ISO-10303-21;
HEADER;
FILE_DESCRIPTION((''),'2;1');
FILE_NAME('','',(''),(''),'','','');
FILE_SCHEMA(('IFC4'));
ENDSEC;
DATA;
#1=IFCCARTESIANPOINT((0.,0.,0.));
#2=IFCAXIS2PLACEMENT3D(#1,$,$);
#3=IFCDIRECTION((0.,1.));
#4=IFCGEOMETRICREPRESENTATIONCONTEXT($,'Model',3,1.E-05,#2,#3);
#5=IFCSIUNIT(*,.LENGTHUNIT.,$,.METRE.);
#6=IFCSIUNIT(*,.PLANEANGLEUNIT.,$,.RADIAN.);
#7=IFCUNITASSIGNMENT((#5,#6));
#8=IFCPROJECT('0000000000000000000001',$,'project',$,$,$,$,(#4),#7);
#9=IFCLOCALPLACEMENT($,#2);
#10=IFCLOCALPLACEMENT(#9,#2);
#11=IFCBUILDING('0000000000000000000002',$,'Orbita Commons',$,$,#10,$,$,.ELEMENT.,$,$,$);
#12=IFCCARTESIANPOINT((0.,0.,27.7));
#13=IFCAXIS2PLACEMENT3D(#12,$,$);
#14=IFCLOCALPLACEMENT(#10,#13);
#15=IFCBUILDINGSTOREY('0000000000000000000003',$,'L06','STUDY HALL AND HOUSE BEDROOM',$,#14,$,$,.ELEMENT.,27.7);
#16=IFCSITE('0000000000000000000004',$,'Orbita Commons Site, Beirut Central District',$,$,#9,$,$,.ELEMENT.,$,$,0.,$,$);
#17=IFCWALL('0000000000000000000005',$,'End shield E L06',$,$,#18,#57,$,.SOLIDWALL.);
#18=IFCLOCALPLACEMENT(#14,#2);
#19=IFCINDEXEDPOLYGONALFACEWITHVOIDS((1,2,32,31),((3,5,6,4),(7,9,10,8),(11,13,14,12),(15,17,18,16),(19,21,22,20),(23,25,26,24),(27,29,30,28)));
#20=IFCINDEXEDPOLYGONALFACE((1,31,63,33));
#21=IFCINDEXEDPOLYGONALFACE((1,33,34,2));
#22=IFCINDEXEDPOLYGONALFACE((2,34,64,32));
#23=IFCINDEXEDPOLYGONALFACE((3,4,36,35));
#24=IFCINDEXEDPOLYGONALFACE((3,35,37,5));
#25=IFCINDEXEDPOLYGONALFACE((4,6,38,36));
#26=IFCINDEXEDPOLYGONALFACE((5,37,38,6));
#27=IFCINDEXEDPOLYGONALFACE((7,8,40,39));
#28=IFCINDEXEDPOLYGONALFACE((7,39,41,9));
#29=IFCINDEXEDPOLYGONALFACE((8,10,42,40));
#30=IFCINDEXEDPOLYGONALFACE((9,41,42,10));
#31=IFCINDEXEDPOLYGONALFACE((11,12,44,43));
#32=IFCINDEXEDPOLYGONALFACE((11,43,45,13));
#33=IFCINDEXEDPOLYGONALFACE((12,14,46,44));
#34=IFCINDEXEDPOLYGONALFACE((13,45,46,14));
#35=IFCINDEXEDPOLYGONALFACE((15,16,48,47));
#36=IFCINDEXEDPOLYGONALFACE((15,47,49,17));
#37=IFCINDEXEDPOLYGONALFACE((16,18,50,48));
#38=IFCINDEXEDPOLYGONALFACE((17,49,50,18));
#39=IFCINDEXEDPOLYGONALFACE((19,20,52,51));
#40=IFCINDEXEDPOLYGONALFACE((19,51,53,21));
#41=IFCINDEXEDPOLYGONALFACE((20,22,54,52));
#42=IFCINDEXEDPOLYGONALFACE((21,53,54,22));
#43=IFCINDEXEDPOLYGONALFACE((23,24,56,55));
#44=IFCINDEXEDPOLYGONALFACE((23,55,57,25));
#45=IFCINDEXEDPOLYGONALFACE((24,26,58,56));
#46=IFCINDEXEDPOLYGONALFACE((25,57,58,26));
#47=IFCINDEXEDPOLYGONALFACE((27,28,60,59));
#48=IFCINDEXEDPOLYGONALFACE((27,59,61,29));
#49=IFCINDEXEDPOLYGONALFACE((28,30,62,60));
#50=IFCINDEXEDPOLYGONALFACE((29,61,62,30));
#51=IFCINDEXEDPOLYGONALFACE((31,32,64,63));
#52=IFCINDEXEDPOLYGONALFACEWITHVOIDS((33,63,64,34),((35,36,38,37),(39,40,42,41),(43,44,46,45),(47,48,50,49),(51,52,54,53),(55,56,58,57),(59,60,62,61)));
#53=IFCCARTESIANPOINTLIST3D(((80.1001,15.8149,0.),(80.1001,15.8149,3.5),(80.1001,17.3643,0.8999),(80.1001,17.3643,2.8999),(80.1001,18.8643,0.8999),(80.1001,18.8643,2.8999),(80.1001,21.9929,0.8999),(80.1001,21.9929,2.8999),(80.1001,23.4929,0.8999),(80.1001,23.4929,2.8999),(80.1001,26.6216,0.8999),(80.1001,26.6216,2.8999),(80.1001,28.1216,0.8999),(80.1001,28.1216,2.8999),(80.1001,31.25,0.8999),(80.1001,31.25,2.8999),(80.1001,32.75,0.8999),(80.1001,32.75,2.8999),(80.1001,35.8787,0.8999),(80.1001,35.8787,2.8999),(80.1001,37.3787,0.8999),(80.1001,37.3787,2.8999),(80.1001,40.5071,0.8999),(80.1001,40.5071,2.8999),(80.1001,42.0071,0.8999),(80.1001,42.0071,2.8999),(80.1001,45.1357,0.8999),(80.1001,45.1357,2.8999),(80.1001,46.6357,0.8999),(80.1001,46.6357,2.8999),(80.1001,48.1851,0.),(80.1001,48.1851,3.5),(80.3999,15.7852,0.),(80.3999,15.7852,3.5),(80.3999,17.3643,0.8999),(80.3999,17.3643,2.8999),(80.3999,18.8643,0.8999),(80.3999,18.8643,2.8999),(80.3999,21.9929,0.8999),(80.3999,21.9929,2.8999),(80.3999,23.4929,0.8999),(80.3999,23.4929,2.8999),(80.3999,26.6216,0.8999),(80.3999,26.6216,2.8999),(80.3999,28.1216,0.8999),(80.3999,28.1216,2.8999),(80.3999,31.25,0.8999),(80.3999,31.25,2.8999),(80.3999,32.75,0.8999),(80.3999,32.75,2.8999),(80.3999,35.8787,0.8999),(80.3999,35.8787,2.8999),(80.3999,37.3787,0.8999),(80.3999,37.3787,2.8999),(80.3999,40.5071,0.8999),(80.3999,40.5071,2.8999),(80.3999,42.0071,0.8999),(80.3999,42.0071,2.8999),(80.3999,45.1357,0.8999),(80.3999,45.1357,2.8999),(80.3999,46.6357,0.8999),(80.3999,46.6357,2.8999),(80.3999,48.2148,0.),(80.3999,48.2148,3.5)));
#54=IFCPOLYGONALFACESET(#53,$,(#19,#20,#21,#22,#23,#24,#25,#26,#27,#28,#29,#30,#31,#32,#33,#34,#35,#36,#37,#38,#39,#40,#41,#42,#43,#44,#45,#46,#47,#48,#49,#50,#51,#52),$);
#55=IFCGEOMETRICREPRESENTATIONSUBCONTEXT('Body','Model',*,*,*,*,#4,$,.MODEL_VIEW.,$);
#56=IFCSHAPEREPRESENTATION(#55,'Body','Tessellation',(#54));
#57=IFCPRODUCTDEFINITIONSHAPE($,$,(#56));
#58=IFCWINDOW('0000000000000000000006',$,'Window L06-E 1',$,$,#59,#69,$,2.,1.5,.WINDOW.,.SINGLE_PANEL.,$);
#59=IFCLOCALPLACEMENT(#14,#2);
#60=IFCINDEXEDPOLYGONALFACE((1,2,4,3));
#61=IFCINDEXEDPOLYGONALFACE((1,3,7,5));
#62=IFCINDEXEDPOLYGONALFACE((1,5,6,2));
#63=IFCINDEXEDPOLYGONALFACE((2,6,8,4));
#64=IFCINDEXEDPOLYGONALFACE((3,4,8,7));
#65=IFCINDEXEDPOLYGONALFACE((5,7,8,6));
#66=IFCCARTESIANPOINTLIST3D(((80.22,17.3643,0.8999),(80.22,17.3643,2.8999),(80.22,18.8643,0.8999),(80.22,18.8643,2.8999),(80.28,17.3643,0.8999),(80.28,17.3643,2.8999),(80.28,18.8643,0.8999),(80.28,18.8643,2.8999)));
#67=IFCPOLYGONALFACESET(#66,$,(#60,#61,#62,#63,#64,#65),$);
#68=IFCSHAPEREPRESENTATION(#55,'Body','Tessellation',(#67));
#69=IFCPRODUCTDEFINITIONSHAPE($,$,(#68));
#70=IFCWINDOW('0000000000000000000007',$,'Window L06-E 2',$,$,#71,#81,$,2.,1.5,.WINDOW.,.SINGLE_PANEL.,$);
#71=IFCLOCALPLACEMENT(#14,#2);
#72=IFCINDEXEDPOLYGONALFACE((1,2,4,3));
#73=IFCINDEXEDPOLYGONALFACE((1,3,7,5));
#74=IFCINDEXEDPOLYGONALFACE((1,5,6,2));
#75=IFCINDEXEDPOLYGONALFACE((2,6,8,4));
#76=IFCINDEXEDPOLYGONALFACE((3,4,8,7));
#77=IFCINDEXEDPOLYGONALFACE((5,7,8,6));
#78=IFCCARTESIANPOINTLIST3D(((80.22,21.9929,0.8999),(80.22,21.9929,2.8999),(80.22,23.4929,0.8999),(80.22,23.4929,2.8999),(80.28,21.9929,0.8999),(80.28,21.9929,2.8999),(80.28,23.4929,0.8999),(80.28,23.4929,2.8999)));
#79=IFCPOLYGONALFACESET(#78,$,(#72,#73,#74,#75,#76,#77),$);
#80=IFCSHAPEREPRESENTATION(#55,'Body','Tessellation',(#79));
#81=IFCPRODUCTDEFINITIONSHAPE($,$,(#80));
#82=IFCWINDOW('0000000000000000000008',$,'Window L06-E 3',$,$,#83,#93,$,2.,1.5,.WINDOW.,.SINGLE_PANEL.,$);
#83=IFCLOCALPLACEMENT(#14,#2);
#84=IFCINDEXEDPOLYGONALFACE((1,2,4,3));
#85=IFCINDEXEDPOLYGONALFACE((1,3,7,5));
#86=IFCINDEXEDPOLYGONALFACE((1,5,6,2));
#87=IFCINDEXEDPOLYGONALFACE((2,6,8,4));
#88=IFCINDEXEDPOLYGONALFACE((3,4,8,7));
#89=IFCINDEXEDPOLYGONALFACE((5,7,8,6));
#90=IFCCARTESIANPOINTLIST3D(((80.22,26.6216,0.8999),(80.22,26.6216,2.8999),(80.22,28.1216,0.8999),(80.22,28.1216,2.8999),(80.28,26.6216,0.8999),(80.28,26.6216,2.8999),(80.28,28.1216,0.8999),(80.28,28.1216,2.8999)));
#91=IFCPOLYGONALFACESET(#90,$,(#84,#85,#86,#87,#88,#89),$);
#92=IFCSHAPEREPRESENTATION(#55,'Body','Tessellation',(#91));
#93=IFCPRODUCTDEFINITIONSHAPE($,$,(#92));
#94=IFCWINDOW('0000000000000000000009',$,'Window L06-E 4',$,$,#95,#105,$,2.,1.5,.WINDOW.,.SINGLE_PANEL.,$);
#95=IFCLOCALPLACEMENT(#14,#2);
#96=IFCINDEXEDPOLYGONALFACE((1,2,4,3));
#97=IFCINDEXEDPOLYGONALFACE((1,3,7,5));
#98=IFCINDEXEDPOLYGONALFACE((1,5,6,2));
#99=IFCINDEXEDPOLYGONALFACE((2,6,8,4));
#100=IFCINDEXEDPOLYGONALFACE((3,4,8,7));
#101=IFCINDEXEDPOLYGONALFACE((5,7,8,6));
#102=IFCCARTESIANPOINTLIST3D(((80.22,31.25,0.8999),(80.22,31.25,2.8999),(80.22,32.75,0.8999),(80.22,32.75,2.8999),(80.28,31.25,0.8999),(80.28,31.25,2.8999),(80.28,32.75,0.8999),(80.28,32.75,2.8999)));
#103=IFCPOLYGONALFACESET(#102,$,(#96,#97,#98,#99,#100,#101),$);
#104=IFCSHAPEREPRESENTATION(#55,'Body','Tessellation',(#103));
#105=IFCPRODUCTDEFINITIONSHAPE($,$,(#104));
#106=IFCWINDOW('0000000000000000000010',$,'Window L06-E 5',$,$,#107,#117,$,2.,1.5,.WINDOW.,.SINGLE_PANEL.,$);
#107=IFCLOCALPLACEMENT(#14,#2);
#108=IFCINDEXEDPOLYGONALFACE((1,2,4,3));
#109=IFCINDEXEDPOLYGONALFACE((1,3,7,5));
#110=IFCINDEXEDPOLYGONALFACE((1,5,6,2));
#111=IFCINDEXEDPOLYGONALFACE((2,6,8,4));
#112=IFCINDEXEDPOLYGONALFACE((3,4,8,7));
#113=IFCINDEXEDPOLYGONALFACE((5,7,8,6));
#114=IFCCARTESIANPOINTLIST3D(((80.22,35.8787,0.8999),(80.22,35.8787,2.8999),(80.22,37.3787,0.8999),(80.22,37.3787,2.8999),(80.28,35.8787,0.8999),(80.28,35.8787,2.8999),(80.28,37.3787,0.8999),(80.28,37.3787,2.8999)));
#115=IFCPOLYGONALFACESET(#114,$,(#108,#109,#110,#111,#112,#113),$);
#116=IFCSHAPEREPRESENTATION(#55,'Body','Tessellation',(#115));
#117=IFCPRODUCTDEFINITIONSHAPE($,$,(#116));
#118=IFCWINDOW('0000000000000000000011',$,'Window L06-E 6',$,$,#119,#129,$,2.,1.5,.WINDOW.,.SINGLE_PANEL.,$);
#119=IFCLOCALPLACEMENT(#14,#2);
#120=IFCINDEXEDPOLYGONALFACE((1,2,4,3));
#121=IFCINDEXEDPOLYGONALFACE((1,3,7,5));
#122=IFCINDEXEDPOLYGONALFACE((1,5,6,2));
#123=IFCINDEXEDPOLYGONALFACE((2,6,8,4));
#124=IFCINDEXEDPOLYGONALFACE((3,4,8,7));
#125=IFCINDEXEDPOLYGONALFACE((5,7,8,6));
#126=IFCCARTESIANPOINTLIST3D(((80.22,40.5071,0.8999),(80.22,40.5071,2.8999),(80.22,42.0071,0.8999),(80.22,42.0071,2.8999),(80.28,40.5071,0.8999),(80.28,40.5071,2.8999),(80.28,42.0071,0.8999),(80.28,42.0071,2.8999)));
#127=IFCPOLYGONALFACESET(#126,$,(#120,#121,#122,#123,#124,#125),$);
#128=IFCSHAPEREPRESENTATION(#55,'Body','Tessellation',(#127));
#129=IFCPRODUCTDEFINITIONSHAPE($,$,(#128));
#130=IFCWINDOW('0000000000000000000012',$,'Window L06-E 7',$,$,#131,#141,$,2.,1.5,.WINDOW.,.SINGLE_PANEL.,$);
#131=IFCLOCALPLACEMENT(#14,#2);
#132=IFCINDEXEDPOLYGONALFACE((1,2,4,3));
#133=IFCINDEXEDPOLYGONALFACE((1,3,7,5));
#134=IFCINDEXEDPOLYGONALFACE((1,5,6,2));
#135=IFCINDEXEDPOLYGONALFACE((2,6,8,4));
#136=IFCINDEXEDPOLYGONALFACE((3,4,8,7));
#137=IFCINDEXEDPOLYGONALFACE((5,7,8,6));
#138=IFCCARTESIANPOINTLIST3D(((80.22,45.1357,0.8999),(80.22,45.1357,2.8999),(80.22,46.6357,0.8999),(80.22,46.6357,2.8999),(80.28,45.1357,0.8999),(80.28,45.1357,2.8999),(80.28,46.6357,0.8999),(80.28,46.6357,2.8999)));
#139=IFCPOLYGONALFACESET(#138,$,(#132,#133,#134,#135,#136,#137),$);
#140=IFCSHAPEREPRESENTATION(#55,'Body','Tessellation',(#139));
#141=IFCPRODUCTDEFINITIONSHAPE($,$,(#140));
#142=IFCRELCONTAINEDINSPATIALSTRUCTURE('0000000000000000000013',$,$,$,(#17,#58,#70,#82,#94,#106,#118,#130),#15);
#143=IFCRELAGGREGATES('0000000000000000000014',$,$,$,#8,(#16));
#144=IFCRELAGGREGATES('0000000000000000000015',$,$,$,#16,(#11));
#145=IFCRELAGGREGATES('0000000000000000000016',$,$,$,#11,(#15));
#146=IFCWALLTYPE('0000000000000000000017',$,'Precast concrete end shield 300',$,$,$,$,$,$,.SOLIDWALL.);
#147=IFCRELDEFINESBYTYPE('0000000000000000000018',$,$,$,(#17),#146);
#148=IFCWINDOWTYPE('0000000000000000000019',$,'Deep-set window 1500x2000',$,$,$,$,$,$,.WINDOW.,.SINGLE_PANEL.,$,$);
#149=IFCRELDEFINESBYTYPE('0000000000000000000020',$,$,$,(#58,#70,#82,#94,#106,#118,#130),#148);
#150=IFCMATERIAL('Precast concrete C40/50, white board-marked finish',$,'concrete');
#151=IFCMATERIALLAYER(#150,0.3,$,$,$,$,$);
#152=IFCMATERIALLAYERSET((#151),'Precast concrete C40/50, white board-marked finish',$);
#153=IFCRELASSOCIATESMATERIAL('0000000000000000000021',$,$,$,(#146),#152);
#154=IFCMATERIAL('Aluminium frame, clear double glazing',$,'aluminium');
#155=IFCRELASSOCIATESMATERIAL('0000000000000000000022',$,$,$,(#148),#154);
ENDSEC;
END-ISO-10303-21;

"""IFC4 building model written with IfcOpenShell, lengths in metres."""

from ifc_helpers import new_model, si_unit, direction, frame, frame_2d, origin, place, context, subcontext, project, spatial, polyline, rectangle, outline, extrude, material, layer, layer_set, type_object, element, fill, save


model = new_model("IFC4")

# Units and contexts
model_context = context("Model", 3, precision=1e-05, world=origin(), true_north=direction((0.0, 1.0)))
body_context = subcontext(model_context, "Body", "Model", "MODEL_VIEW")
ifc_project = project(units=[si_unit("LENGTHUNIT", "METRE"), si_unit("PLANEANGLEUNIT", "RADIAN")], contexts=[model_context])

# Site, building, storey
site_placement = place(None, origin())
site = spatial("IfcSite", under=ifc_project, at=site_placement, Name="Orbita Commons Site, Beirut Central District", CompositionType="ELEMENT", RefElevation=0.0)
building_placement = place(site_placement, origin())
building = spatial("IfcBuilding", under=site, at=building_placement, Name="Orbita Commons", CompositionType="ELEMENT")
storey_placement = place(building_placement, frame((0.0, 0.0, 27.7)))
storey = spatial("IfcBuildingStorey", under=building, at=storey_placement, Name="L06", Description="STUDY HALL AND HOUSE BEDROOM", CompositionType="ELEMENT", Elevation=27.7)

# Wall, openings, windows
ifc_material_1 = material(Name="Precast concrete C40/50, white board-marked finish", Category="concrete")
ifc_layer_1 = layer(ifc_material_1, 0.3)
ifc_layer_set_1 = layer_set([ifc_layer_1], Name="Precast concrete C40/50, white board-marked finish")
wall_type_1 = type_object("IfcWallType", Name="Precast concrete end shield 300", PredefinedType="SOLIDWALL", material=ifc_layer_set_1)
wall_1_placement = place(storey_placement, frame((80.25, 15.8, 0.0), z_axis=(0.0, 0.0, 1.0), x_axis=(0.0, 1.0, 0.0)))
wall_1 = element("IfcWall", 1, at=wall_1_placement, inside=storey, type_object=wall_type_1, Name="End shield E L06", PredefinedType="SOLIDWALL", context=body_context, shape_type="SweptSolid", body=[
    extrude(outline(polyline([(-0.0149, -0.1499), (32.4148, -0.1499), (32.385, 0.1499), (0.0149, 0.1499), (-0.0149, -0.1499)])), origin(), (0.0, 0.0, 1.0), 3.5),
])
opening_1_placement = place(wall_1_placement, frame((1.5642, 0.0, 0.8999)))
opening_1 = element("IfcOpeningElement", 2, at=opening_1_placement, cuts=wall_1, PredefinedType="OPENING", context=body_context, shape_type="SweptSolid", body=[
    extrude(rectangle(XDim=1.5, YDim=2.0, at=frame_2d((0.75, 1.0))), frame((0.0, 0.1599, 0.0), z_axis=(0.0, -1.0, 0.0), x_axis=(1.0, 0.0, 0.0)), (0.0, 0.0, 1.0), 0.3201),
])
opening_2_placement = place(wall_1_placement, frame((6.1929, 0.0, 0.8999)))
opening_2 = element("IfcOpeningElement", 3, at=opening_2_placement, cuts=wall_1, PredefinedType="OPENING", context=body_context, shape_type="SweptSolid", body=[
    extrude(rectangle(XDim=1.5, YDim=2.0, at=frame_2d((0.75, 1.0))), frame((0.0, 0.1599, 0.0), z_axis=(0.0, -1.0, 0.0), x_axis=(1.0, 0.0, 0.0)), (0.0, 0.0, 1.0), 0.3201),
])
opening_3_placement = place(wall_1_placement, frame((10.8215, 0.0, 0.8999)))
opening_3 = element("IfcOpeningElement", 4, at=opening_3_placement, cuts=wall_1, PredefinedType="OPENING", context=body_context, shape_type="SweptSolid", body=[
    extrude(rectangle(XDim=1.5, YDim=2.0, at=frame_2d((0.75, 1.0))), frame((0.0, 0.1599, 0.0), z_axis=(0.0, -1.0, 0.0), x_axis=(1.0, 0.0, 0.0)), (0.0, 0.0, 1.0), 0.3201),
])
opening_4_placement = place(wall_1_placement, frame((15.45, 0.0, 0.8999)))
opening_4 = element("IfcOpeningElement", 5, at=opening_4_placement, cuts=wall_1, PredefinedType="OPENING", context=body_context, shape_type="SweptSolid", body=[
    extrude(rectangle(XDim=1.5, YDim=2.0, at=frame_2d((0.75, 1.0))), frame((0.0, 0.1599, 0.0), z_axis=(0.0, -1.0, 0.0), x_axis=(1.0, 0.0, 0.0)), (0.0, 0.0, 1.0), 0.3201),
])
opening_5_placement = place(wall_1_placement, frame((20.0786, 0.0, 0.8999)))
opening_5 = element("IfcOpeningElement", 6, at=opening_5_placement, cuts=wall_1, PredefinedType="OPENING", context=body_context, shape_type="SweptSolid", body=[
    extrude(rectangle(XDim=1.5, YDim=2.0, at=frame_2d((0.75, 1.0))), frame((0.0, 0.1599, 0.0), z_axis=(0.0, -1.0, 0.0), x_axis=(1.0, 0.0, 0.0)), (0.0, 0.0, 1.0), 0.3201),
])
opening_6_placement = place(wall_1_placement, frame((24.707, 0.0, 0.8999)))
opening_6 = element("IfcOpeningElement", 7, at=opening_6_placement, cuts=wall_1, PredefinedType="OPENING", context=body_context, shape_type="SweptSolid", body=[
    extrude(rectangle(XDim=1.5, YDim=2.0, at=frame_2d((0.75, 1.0))), frame((0.0, 0.1599, 0.0), z_axis=(0.0, -1.0, 0.0), x_axis=(1.0, 0.0, 0.0)), (0.0, 0.0, 1.0), 0.3201),
])
opening_7_placement = place(wall_1_placement, frame((29.3357, 0.0, 0.8999)))
opening_7 = element("IfcOpeningElement", 8, at=opening_7_placement, cuts=wall_1, PredefinedType="OPENING", context=body_context, shape_type="SweptSolid", body=[
    extrude(rectangle(XDim=1.5, YDim=2.0, at=frame_2d((0.75, 1.0))), frame((0.0, 0.1599, 0.0), z_axis=(0.0, -1.0, 0.0), x_axis=(1.0, 0.0, 0.0)), (0.0, 0.0, 1.0), 0.3201),
])
ifc_material_2 = material(Name="Aluminium frame, clear double glazing", Category="aluminium")
window_type = type_object("IfcWindowType", Name="Deep-set window 1500x2000", PartitioningType="SINGLE_PANEL", PredefinedType="WINDOW", material=ifc_material_2)
window_1_placement = place(opening_1_placement, origin())
window_1 = element("IfcWindow", 9, at=window_1_placement, inside=storey, type_object=window_type, Name="Window L06-E 1", OverallHeight=2.0, OverallWidth=1.5, PartitioningType="SINGLE_PANEL", PredefinedType="WINDOW", context=body_context, shape_type="SweptSolid", body=[
    extrude(rectangle(XDim=1.5, YDim=2.0, at=frame_2d((0.75, 1.0))), frame((0.0, 0.03, 0.0), z_axis=(0.0, -1.0, 0.0), x_axis=(1.0, 0.0, 0.0)), (0.0, 0.0, 1.0), 0.0601),
])
fill(opening_1, window_1)
window_2_placement = place(opening_2_placement, origin())
window_2 = element("IfcWindow", 10, at=window_2_placement, inside=storey, type_object=window_type, Name="Window L06-E 2", OverallHeight=2.0, OverallWidth=1.5, PartitioningType="SINGLE_PANEL", PredefinedType="WINDOW", context=body_context, shape_type="SweptSolid", body=[
    extrude(rectangle(XDim=1.5, YDim=2.0, at=frame_2d((0.75, 1.0))), frame((0.0, 0.03, 0.0), z_axis=(0.0, -1.0, 0.0), x_axis=(1.0, 0.0, 0.0)), (0.0, 0.0, 1.0), 0.0601),
])
fill(opening_2, window_2)
window_3_placement = place(opening_3_placement, origin())
window_3 = element("IfcWindow", 11, at=window_3_placement, inside=storey, type_object=window_type, Name="Window L06-E 3", OverallHeight=2.0, OverallWidth=1.5, PartitioningType="SINGLE_PANEL", PredefinedType="WINDOW", context=body_context, shape_type="SweptSolid", body=[
    extrude(rectangle(XDim=1.5, YDim=2.0, at=frame_2d((0.75, 1.0))), frame((0.0, 0.03, 0.0), z_axis=(0.0, -1.0, 0.0), x_axis=(1.0, 0.0, 0.0)), (0.0, 0.0, 1.0), 0.0601),
])
fill(opening_3, window_3)
window_4_placement = place(opening_4_placement, origin())
window_4 = element("IfcWindow", 12, at=window_4_placement, inside=storey, type_object=window_type, Name="Window L06-E 4", OverallHeight=2.0, OverallWidth=1.5, PartitioningType="SINGLE_PANEL", PredefinedType="WINDOW", context=body_context, shape_type="SweptSolid", body=[
    extrude(rectangle(XDim=1.5, YDim=2.0, at=frame_2d((0.75, 1.0))), frame((0.0, 0.03, 0.0), z_axis=(0.0, -1.0, 0.0), x_axis=(1.0, 0.0, 0.0)), (0.0, 0.0, 1.0), 0.0601),
])
fill(opening_4, window_4)
window_5_placement = place(opening_5_placement, origin())
window_5 = element("IfcWindow", 13, at=window_5_placement, inside=storey, type_object=window_type, Name="Window L06-E 5", OverallHeight=2.0, OverallWidth=1.5, PartitioningType="SINGLE_PANEL", PredefinedType="WINDOW", context=body_context, shape_type="SweptSolid", body=[
    extrude(rectangle(XDim=1.5, YDim=2.0, at=frame_2d((0.75, 1.0))), frame((0.0, 0.03, 0.0), z_axis=(0.0, -1.0, 0.0), x_axis=(1.0, 0.0, 0.0)), (0.0, 0.0, 1.0), 0.0601),
])
fill(opening_5, window_5)
window_6_placement = place(opening_6_placement, origin())
window_6 = element("IfcWindow", 14, at=window_6_placement, inside=storey, type_object=window_type, Name="Window L06-E 6", OverallHeight=2.0, OverallWidth=1.5, PartitioningType="SINGLE_PANEL", PredefinedType="WINDOW", context=body_context, shape_type="SweptSolid", body=[
    extrude(rectangle(XDim=1.5, YDim=2.0, at=frame_2d((0.75, 1.0))), frame((0.0, 0.03, 0.0), z_axis=(0.0, -1.0, 0.0), x_axis=(1.0, 0.0, 0.0)), (0.0, 0.0, 1.0), 0.0601),
])
fill(opening_6, window_6)
window_7_placement = place(opening_7_placement, origin())
window_7 = element("IfcWindow", 15, at=window_7_placement, inside=storey, type_object=window_type, Name="Window L06-E 7", OverallHeight=2.0, OverallWidth=1.5, PartitioningType="SINGLE_PANEL", PredefinedType="WINDOW", context=body_context, shape_type="SweptSolid", body=[
    extrude(rectangle(XDim=1.5, YDim=2.0, at=frame_2d((0.75, 1.0))), frame((0.0, 0.03, 0.0), z_axis=(0.0, -1.0, 0.0), x_axis=(1.0, 0.0, 0.0)), (0.0, 0.0, 1.0), 0.0601),
])
fill(opening_7, window_7)

save(model, "model.ifc")
